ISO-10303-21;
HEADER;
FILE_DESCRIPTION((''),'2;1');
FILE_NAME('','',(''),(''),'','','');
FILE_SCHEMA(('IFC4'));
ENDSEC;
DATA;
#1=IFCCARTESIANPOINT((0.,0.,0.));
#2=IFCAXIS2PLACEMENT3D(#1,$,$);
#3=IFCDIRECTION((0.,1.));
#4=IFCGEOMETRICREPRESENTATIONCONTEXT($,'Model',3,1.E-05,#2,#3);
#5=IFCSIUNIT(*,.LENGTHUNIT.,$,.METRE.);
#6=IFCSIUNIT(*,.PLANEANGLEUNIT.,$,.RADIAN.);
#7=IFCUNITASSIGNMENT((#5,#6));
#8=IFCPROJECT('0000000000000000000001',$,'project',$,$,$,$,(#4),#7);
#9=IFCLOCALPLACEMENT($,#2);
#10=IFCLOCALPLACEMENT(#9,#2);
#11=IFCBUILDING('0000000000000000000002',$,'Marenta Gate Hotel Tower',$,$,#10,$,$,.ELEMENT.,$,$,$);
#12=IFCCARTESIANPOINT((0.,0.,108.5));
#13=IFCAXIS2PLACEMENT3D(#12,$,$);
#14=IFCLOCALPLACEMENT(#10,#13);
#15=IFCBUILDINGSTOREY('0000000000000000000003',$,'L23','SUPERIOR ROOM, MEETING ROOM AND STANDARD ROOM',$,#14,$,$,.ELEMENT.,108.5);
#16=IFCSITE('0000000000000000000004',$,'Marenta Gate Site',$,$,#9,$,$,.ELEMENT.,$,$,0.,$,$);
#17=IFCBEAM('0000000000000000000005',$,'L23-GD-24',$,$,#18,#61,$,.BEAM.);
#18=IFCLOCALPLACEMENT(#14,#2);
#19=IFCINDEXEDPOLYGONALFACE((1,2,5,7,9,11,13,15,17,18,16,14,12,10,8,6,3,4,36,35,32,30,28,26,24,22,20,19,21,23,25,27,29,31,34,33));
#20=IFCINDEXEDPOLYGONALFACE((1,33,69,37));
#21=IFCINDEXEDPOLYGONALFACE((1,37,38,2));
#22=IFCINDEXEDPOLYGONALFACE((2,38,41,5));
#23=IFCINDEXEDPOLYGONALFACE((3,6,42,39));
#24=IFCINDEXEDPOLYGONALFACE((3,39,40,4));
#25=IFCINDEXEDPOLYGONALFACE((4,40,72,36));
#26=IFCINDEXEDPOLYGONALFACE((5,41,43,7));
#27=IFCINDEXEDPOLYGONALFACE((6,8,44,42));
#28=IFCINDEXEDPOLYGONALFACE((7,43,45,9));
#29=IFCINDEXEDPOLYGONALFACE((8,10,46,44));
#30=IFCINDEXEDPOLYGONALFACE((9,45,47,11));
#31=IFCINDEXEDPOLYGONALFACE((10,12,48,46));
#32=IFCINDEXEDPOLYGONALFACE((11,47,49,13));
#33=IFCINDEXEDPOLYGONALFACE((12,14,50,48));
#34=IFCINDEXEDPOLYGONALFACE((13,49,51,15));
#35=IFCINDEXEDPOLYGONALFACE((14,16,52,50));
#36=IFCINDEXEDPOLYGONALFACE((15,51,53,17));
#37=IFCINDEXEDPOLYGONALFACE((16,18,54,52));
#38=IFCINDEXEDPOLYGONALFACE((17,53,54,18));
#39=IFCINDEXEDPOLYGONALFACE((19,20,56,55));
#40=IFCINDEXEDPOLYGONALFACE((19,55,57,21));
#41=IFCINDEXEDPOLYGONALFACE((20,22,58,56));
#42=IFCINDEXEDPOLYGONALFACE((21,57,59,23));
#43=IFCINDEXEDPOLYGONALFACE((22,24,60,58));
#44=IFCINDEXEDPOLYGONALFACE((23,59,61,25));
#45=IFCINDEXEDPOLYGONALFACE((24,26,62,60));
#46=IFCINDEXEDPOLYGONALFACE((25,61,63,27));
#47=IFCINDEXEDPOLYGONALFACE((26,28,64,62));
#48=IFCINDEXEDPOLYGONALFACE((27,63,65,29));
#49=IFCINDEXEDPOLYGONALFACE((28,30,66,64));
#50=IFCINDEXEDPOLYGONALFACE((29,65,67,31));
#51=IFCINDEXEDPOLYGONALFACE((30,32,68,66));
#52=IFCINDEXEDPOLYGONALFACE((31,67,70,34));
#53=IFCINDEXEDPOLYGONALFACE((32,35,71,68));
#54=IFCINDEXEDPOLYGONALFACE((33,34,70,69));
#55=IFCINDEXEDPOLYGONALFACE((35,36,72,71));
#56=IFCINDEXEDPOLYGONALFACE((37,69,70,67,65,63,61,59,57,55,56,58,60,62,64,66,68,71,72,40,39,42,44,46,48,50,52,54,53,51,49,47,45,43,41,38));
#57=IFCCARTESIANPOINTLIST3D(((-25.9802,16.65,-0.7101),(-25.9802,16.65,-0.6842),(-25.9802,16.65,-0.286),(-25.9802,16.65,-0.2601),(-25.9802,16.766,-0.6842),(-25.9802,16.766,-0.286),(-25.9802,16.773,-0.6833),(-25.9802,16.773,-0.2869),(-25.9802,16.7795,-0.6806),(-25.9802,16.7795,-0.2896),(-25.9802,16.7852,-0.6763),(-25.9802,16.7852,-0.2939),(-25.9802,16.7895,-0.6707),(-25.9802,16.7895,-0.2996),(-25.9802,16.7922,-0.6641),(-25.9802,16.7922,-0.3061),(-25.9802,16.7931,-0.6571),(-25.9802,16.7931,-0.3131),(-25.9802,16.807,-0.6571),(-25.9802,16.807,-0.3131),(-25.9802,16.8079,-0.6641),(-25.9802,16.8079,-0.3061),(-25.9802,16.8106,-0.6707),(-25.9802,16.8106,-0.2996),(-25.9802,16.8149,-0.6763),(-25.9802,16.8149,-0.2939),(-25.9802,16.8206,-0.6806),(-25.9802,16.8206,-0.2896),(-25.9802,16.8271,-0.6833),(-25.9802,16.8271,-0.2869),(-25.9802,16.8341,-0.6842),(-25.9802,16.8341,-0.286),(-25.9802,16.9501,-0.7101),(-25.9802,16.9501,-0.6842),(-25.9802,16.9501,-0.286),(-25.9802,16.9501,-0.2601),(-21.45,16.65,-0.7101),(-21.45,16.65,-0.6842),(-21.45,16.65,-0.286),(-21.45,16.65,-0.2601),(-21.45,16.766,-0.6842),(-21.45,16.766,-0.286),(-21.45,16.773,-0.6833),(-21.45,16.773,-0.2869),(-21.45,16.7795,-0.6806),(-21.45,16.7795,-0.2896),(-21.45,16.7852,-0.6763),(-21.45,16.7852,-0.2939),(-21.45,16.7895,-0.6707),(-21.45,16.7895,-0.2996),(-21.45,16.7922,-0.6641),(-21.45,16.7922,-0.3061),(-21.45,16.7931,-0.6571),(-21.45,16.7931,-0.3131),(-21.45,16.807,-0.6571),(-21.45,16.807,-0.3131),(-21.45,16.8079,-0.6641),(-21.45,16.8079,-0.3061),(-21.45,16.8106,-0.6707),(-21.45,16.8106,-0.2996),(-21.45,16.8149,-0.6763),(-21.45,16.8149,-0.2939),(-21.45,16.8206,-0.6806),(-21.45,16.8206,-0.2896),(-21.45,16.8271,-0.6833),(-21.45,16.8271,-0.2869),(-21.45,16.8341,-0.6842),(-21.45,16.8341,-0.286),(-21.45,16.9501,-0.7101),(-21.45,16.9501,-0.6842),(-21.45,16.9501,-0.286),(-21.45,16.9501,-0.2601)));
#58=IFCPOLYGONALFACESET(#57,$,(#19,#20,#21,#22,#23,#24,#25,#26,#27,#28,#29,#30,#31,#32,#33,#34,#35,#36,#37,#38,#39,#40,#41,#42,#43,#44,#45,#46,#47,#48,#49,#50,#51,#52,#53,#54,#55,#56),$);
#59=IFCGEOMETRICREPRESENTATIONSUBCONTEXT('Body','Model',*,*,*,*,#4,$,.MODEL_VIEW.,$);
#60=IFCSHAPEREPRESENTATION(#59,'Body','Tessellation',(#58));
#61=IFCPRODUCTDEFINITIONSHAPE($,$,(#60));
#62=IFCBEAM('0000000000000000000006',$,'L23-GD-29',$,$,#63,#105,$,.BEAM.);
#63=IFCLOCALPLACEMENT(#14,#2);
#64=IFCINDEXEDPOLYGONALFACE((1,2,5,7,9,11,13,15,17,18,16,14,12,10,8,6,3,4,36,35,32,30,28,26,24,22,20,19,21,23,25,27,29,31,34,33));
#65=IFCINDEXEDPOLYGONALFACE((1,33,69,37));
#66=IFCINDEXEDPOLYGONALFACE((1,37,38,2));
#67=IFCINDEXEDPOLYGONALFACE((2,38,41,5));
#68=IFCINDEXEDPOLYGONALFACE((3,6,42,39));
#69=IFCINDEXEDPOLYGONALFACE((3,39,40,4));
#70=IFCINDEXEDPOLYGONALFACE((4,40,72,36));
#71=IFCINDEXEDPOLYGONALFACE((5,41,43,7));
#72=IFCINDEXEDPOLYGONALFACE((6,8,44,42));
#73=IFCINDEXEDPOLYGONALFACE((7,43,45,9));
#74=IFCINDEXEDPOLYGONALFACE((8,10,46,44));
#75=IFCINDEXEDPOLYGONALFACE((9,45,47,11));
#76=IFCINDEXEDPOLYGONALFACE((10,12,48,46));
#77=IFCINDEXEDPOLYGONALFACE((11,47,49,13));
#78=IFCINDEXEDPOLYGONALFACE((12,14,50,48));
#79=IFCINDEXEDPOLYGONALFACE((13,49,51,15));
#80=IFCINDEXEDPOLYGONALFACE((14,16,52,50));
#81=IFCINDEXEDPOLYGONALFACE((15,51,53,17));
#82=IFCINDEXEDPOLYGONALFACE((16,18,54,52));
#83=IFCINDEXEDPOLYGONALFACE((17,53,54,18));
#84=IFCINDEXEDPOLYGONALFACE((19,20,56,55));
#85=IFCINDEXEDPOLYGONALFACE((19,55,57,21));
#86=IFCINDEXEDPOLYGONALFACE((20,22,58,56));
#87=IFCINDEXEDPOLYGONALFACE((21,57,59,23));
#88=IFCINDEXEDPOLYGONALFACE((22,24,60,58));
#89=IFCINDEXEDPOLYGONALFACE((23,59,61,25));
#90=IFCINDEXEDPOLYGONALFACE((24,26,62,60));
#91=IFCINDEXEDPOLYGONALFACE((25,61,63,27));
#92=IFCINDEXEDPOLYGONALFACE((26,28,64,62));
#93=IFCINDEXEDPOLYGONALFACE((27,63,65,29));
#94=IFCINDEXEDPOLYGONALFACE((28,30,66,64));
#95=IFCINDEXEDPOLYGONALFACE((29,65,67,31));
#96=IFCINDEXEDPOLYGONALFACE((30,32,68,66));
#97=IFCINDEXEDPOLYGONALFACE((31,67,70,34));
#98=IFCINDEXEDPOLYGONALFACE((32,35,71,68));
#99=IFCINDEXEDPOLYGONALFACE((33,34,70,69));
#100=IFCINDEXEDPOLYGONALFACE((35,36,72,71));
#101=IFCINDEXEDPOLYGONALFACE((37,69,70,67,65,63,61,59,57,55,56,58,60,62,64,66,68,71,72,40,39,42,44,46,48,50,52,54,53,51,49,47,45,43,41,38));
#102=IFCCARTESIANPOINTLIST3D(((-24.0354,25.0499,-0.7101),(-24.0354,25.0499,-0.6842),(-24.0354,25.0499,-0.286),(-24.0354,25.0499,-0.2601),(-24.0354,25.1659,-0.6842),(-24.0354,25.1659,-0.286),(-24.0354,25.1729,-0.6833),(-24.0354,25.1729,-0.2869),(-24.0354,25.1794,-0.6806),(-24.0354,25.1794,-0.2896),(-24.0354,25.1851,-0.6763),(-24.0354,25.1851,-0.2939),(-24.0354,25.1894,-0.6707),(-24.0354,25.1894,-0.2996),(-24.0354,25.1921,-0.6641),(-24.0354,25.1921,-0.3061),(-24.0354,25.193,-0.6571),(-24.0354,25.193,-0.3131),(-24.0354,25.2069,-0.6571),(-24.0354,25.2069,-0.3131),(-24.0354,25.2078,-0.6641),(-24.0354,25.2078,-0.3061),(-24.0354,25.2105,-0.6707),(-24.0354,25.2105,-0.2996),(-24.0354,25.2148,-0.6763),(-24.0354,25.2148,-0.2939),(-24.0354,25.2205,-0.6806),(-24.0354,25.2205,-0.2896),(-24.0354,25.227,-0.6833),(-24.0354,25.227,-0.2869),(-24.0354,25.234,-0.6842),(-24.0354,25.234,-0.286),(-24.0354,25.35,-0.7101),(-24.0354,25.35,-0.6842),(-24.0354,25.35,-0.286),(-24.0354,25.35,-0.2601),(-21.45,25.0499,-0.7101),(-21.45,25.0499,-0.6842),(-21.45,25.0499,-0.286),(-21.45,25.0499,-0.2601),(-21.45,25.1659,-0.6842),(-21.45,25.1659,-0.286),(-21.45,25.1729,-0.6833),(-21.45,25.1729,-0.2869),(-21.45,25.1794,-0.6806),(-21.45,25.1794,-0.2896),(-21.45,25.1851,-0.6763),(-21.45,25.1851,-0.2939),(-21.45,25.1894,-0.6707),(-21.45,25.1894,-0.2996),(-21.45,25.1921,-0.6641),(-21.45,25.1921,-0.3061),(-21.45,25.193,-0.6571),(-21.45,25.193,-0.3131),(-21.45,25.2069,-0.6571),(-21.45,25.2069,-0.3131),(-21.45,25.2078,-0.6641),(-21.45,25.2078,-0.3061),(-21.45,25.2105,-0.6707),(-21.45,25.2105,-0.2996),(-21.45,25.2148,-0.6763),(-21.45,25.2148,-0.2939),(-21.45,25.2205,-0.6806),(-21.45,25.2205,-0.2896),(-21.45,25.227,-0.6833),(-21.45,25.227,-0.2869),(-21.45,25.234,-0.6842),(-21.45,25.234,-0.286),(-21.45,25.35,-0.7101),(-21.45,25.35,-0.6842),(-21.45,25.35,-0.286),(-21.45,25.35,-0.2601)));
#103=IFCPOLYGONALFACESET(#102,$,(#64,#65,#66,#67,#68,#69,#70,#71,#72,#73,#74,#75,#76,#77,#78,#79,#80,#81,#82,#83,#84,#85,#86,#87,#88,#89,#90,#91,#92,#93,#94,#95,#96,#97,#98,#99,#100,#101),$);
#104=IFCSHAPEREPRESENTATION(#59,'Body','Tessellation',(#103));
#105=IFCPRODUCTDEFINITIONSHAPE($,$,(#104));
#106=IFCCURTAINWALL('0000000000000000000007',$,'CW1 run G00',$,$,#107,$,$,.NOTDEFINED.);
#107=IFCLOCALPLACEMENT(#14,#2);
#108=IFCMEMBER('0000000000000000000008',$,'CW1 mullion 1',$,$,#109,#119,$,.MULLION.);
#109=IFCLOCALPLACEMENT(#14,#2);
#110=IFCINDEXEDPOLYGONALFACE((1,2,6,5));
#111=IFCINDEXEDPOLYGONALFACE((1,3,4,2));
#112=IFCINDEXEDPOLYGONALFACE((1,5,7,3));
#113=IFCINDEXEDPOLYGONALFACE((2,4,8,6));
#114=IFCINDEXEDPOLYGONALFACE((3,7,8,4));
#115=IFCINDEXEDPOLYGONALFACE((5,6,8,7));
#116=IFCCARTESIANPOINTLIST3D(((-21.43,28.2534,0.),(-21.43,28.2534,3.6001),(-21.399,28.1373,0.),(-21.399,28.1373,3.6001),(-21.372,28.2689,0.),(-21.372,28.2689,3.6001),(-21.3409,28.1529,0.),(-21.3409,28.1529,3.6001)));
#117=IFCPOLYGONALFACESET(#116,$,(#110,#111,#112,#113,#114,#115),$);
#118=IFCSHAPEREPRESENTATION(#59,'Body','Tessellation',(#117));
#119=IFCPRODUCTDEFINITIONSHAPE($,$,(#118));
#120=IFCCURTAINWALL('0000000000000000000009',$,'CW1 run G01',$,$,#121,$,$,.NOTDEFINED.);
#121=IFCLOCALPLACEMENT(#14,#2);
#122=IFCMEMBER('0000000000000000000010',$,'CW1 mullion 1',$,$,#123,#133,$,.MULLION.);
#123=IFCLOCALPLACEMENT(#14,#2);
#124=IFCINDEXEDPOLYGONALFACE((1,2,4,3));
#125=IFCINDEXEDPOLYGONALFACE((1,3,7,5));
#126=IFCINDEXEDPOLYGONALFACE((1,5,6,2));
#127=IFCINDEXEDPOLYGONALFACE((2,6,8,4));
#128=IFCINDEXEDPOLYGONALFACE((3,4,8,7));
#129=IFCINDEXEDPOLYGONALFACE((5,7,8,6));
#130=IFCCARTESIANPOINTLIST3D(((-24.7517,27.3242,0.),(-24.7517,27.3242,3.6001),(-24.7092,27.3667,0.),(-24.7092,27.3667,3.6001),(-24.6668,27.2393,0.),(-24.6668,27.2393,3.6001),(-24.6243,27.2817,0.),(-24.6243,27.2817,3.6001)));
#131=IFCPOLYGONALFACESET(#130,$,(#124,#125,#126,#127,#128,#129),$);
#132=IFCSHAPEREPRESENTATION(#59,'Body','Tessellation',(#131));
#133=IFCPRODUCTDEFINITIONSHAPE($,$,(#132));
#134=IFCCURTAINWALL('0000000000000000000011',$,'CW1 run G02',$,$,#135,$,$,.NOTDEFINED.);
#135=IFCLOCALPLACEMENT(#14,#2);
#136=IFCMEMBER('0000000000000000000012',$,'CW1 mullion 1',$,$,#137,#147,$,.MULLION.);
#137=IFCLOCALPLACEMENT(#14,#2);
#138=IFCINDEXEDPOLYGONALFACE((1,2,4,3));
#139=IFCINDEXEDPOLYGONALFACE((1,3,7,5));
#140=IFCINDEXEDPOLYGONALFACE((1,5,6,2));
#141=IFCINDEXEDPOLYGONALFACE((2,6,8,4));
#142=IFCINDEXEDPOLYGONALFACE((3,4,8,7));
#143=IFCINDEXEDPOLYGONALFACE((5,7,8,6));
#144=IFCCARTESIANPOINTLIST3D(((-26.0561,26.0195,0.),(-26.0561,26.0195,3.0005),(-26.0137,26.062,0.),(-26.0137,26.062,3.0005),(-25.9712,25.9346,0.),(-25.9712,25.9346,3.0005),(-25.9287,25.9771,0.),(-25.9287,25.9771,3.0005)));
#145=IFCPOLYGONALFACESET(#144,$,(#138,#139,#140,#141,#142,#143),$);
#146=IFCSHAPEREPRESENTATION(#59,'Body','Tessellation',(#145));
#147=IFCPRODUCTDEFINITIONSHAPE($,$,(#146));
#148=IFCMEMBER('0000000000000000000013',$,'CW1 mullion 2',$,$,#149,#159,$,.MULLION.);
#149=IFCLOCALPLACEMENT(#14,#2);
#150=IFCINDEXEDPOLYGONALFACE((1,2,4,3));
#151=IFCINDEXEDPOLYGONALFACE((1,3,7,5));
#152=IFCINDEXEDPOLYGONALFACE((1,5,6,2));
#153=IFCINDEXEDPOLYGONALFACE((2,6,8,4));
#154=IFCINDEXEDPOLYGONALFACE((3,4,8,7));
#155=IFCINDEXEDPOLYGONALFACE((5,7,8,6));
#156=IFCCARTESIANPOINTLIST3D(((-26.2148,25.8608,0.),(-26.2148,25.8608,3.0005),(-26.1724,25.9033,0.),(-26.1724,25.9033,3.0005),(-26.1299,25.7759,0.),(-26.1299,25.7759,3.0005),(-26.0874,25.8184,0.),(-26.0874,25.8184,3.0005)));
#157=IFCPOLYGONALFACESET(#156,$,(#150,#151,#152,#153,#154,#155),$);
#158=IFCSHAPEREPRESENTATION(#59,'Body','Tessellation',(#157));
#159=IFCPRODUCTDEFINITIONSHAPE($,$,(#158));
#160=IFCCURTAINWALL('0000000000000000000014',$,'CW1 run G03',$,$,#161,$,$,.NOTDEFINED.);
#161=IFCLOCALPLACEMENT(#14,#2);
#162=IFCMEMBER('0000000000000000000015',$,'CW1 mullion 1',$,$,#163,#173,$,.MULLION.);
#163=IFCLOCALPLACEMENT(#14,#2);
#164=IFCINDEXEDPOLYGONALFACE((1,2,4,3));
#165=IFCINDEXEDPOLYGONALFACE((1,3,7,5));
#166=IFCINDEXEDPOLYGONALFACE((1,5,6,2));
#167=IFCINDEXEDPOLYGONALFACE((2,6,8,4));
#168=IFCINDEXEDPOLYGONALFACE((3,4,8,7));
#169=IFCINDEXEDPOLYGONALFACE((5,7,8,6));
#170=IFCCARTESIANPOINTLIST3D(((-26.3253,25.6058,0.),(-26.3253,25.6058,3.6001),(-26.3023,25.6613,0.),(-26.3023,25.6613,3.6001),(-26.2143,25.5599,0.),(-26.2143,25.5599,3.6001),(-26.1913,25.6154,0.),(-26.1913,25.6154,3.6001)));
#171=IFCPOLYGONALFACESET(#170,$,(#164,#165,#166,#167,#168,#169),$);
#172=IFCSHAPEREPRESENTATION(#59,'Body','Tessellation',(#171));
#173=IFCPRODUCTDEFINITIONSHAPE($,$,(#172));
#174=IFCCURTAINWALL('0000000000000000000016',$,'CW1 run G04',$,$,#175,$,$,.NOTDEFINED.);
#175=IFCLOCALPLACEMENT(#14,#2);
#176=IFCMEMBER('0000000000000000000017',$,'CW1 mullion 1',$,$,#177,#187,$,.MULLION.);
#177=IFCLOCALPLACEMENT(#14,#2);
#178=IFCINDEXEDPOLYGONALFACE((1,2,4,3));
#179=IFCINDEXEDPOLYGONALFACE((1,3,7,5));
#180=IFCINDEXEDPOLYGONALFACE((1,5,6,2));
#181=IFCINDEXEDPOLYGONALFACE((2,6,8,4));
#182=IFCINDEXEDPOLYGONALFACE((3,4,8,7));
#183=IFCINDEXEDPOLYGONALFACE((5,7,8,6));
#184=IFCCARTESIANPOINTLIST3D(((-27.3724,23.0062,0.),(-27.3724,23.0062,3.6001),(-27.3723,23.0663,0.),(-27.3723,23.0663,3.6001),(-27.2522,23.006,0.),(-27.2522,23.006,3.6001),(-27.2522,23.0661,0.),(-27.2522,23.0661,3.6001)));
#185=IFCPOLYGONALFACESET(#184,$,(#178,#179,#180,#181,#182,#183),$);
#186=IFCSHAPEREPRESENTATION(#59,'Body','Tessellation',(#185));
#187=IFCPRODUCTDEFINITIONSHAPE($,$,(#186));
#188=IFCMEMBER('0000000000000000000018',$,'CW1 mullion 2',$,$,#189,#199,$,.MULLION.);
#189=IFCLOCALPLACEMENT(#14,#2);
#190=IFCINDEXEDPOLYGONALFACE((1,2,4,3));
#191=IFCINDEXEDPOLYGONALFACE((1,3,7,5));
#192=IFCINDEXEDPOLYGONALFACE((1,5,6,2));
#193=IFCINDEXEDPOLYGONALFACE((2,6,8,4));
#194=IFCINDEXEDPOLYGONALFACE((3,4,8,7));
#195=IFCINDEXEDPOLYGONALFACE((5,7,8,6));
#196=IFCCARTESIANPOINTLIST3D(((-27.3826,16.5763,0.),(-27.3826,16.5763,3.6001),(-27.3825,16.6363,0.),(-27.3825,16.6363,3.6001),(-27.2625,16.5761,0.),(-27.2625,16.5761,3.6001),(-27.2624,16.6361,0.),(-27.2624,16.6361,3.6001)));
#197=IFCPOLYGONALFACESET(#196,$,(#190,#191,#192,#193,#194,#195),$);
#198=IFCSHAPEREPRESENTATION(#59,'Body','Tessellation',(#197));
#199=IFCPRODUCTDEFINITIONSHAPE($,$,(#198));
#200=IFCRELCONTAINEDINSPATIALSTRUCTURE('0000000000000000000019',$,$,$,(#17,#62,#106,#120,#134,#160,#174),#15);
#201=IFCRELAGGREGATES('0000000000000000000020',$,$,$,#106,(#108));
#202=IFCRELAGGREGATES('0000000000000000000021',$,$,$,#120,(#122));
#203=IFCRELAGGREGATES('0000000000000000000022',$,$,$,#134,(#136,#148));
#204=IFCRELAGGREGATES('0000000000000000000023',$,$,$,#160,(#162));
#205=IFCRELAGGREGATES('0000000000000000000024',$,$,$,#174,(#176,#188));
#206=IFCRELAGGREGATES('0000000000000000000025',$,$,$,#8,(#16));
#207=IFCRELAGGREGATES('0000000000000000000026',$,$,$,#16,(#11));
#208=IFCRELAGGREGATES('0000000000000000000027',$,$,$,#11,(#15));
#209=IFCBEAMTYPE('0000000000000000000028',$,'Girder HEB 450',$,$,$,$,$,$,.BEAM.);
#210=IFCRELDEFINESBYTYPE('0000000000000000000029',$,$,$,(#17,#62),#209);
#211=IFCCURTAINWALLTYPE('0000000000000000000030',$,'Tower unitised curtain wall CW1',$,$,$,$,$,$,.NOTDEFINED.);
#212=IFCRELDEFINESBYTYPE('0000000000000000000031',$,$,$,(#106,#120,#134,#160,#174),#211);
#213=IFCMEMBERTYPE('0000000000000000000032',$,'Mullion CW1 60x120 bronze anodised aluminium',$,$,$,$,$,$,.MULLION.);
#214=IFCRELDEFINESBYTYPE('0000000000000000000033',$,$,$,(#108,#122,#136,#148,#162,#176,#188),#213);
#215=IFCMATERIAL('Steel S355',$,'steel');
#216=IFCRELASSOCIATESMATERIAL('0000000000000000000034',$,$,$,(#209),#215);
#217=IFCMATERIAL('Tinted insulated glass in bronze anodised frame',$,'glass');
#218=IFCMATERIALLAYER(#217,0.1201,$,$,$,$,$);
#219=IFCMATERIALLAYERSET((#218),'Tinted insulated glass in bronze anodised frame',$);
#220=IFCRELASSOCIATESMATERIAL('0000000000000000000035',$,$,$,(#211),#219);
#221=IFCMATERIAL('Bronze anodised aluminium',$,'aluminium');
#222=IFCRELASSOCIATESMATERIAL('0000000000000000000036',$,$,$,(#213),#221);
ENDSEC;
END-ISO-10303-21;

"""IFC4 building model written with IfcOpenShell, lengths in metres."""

from ifc_helpers import new_model, si_unit, direction, frame, origin, origin_2d, place, context, subcontext, project, spatial, rectangle, i_section, extrude, material, layer, layer_set, material_profile, profile_set, type_object, element, aggregate, save


model = new_model("IFC4")

# Units and contexts
model_context = context("Model", 3, precision=1e-05, world=origin(), true_north=direction((0.0, 1.0)))
body_context = subcontext(model_context, "Body", "Model", "MODEL_VIEW")
ifc_project = project(units=[si_unit("LENGTHUNIT", "METRE"), si_unit("PLANEANGLEUNIT", "RADIAN")], contexts=[model_context])

# Site, building, storey
site_placement = place(None, origin())
site = spatial("IfcSite", under=ifc_project, at=site_placement, Name="Marenta Gate Site", CompositionType="ELEMENT", RefElevation=0.0)
building_placement = place(site_placement, origin())
building = spatial("IfcBuilding", under=site, at=building_placement, Name="Marenta Gate Hotel Tower", CompositionType="ELEMENT")
storey_placement = place(building_placement, frame((0.0, 0.0, 108.5)))
storey = spatial("IfcBuildingStorey", under=building, at=storey_placement, Name="L23", Description="SUPERIOR ROOM, MEETING ROOM AND STANDARD ROOM", CompositionType="ELEMENT", Elevation=108.5)

# Beams
ifc_material_1 = material(Name="Steel S355", Category="steel")
ifc_material_profile_1 = material_profile(ifc_material_1, i_section(OverallWidth=0.3, OverallDepth=0.45, WebThickness=0.0139, FlangeThickness=0.0259, FilletRadius=0.0271, at=origin_2d()), Name="HEB 450")
ifc_profile_set_1 = profile_set([ifc_material_profile_1], Name="Steel S355")
beam_type_1 = type_object("IfcBeamType", Name="Girder HEB 450", PredefinedType="BEAM", material=ifc_profile_set_1)
beam_1_placement = place(storey_placement, frame((-25.9802, 16.8, -0.4851), z_axis=(1.0, 0.0, 0.0), x_axis=(0.0, 1.0, 0.0)))
element("IfcBeam", 1, at=beam_1_placement, inside=storey, type_object=beam_type_1, Name="L23-GD-24", PredefinedType="BEAM", context=body_context, shape_type="SweptSolid", body=[
    extrude(i_section(OverallWidth=0.3, OverallDepth=0.45, WebThickness=0.0139, FlangeThickness=0.0259, FilletRadius=0.0271, at=origin_2d()), origin(), (0.0, 0.0, 1.0), 4.5303),
])
beam_2_placement = place(storey_placement, frame((-24.0354, 25.2, -0.4851), z_axis=(1.0, 0.0, 0.0), x_axis=(0.0, 1.0, 0.0)))
element("IfcBeam", 2, at=beam_2_placement, inside=storey, type_object=beam_type_1, Name="L23-GD-29", PredefinedType="BEAM", context=body_context, shape_type="SweptSolid", body=[
    extrude(i_section(OverallWidth=0.3, OverallDepth=0.45, WebThickness=0.0139, FlangeThickness=0.0259, FilletRadius=0.0271, at=origin_2d()), origin(), (0.0, 0.0, 1.0), 2.5854),
])

# Curtain walls, members
ifc_material_2 = material(Name="Tinted insulated glass in bronze anodised frame", Category="glass")
ifc_layer_1 = layer(ifc_material_2, 0.1201)
ifc_layer_set_1 = layer_set([ifc_layer_1], Name="Tinted insulated glass in bronze anodised frame")
curtain_wall_type = type_object("IfcCurtainWallType", Name="Tower unitised curtain wall CW1", PredefinedType="NOTDEFINED", material=ifc_layer_set_1)
curtain_wall_1_placement = place(storey_placement, origin())
curtain_wall_1 = element("IfcCurtainWall", 3, at=curtain_wall_1_placement, inside=storey, type_object=curtain_wall_type, Name="CW1 run G00", PredefinedType="NOTDEFINED")
ifc_material_3 = material(Name="Bronze anodised aluminium", Category="aluminium")
ifc_material_profile_2 = material_profile(ifc_material_3, rectangle(XDim=0.1201, YDim=0.0601, at=origin_2d()), Name="Mullion CW1 60x120 bronze anodised aluminium")
ifc_profile_set_2 = profile_set([ifc_material_profile_2], Name="Bronze anodised aluminium")
member_type_1 = type_object("IfcMemberType", Name="Mullion CW1 60x120 bronze anodised aluminium", PredefinedType="MULLION", material=ifc_profile_set_2)
member_1_placement = place(storey_placement, frame((-21.3855, 28.2031, 0.0), z_axis=(0.0, 0.0, 1.0), x_axis=(0.258801, -0.965931, 0.0)))
member_1 = element("IfcMember", 4, at=member_1_placement, type_object=member_type_1, Name="CW1 mullion 1", PredefinedType="MULLION", context=body_context, shape_type="SweptSolid", body=[
    extrude(rectangle(XDim=0.1201, YDim=0.0601, at=origin_2d()), origin(), (0.0, 0.0, 1.0), 3.6001),
])
curtain_wall_2_placement = place(storey_placement, origin())
curtain_wall_2 = element("IfcCurtainWall", 5, at=curtain_wall_2_placement, inside=storey, type_object=curtain_wall_type, Name="CW1 run G01", PredefinedType="NOTDEFINED")
member_2_placement = place(storey_placement, frame((-24.688, 27.303, 0.0), z_axis=(0.0, 0.0, 1.0), x_axis=(0.707107, -0.707107, 0.0)))
member_2 = element("IfcMember", 6, at=member_2_placement, type_object=member_type_1, Name="CW1 mullion 1", PredefinedType="MULLION", context=body_context, shape_type="SweptSolid", body=[
    extrude(rectangle(XDim=0.1201, YDim=0.0601, at=origin_2d()), origin(), (0.0, 0.0, 1.0), 3.6001),
])

# Curtain wall, members
curtain_wall_3_placement = place(storey_placement, origin())
curtain_wall_3 = element("IfcCurtainWall", 7, at=curtain_wall_3_placement, inside=storey, type_object=curtain_wall_type, Name="CW1 run G02", PredefinedType="NOTDEFINED")
member_3_placement = place(storey_placement, frame((-25.9924, 25.9983, 0.0), z_axis=(0.0, 0.0, 1.0), x_axis=(0.707107, -0.707107, 0.0)))
member_3 = element("IfcMember", 8, at=member_3_placement, type_object=member_type_1, Name="CW1 mullion 1", PredefinedType="MULLION", context=body_context, shape_type="SweptSolid", body=[
    extrude(rectangle(XDim=0.1201, YDim=0.0601, at=origin_2d()), origin(), (0.0, 0.0, 1.0), 3.0005),
])
member_4_placement = place(storey_placement, frame((-26.1511, 25.8396, 0.0), z_axis=(0.0, 0.0, 1.0), x_axis=(0.707107, -0.707107, 0.0)))
member_4 = element("IfcMember", 9, at=member_4_placement, type_object=member_type_1, Name="CW1 mullion 2", PredefinedType="MULLION", context=body_context, shape_type="SweptSolid", body=[
    extrude(rectangle(XDim=0.1201, YDim=0.0601, at=origin_2d()), origin(), (0.0, 0.0, 1.0), 3.0005),
])

# Curtain wall, member
curtain_wall_4_placement = place(storey_placement, origin())
curtain_wall_4 = element("IfcCurtainWall", 10, at=curtain_wall_4_placement, inside=storey, type_object=curtain_wall_type, Name="CW1 run G03", PredefinedType="NOTDEFINED")
member_5_placement = place(storey_placement, frame((-26.2583, 25.6106, 0.0), z_axis=(0.0, 0.0, 1.0), x_axis=(0.923879, -0.382684, 0.0)))
member_5 = element("IfcMember", 11, at=member_5_placement, type_object=member_type_1, Name="CW1 mullion 1", PredefinedType="MULLION", context=body_context, shape_type="SweptSolid", body=[
    extrude(rectangle(XDim=0.1201, YDim=0.0601, at=origin_2d()), origin(), (0.0, 0.0, 1.0), 3.6001),
])

# Curtain wall, members
curtain_wall_5_placement = place(storey_placement, origin())
curtain_wall_5 = element("IfcCurtainWall", 12, at=curtain_wall_5_placement, inside=storey, type_object=curtain_wall_type, Name="CW1 run G04", PredefinedType="NOTDEFINED")
member_6_placement = place(storey_placement, frame((-27.3123, 23.0361, 0.0), z_axis=(0.0, 0.0, 1.0), x_axis=(0.999999, -0.001566, 0.0)))
member_6 = element("IfcMember", 13, at=member_6_placement, type_object=member_type_1, Name="CW1 mullion 1", PredefinedType="MULLION", context=body_context, shape_type="SweptSolid", body=[
    extrude(rectangle(XDim=0.1201, YDim=0.0601, at=origin_2d()), origin(), (0.0, 0.0, 1.0), 3.6001),
])
member_7_placement = place(storey_placement, frame((-27.3225, 16.6062, 0.0), z_axis=(0.0, 0.0, 1.0), x_axis=(0.999999, -0.001566, 0.0)))
member_7 = element("IfcMember", 14, at=member_7_placement, type_object=member_type_1, Name="CW1 mullion 2", PredefinedType="MULLION", context=body_context, shape_type="SweptSolid", body=[
    extrude(rectangle(XDim=0.1201, YDim=0.0601, at=origin_2d()), origin(), (0.0, 0.0, 1.0), 3.6001),
])

aggregate(curtain_wall_1, [member_1])
aggregate(curtain_wall_2, [member_2])
aggregate(curtain_wall_3, [member_3, member_4])
aggregate(curtain_wall_4, [member_5])
aggregate(curtain_wall_5, [member_6, member_7])

save(model, "model.ifc")
